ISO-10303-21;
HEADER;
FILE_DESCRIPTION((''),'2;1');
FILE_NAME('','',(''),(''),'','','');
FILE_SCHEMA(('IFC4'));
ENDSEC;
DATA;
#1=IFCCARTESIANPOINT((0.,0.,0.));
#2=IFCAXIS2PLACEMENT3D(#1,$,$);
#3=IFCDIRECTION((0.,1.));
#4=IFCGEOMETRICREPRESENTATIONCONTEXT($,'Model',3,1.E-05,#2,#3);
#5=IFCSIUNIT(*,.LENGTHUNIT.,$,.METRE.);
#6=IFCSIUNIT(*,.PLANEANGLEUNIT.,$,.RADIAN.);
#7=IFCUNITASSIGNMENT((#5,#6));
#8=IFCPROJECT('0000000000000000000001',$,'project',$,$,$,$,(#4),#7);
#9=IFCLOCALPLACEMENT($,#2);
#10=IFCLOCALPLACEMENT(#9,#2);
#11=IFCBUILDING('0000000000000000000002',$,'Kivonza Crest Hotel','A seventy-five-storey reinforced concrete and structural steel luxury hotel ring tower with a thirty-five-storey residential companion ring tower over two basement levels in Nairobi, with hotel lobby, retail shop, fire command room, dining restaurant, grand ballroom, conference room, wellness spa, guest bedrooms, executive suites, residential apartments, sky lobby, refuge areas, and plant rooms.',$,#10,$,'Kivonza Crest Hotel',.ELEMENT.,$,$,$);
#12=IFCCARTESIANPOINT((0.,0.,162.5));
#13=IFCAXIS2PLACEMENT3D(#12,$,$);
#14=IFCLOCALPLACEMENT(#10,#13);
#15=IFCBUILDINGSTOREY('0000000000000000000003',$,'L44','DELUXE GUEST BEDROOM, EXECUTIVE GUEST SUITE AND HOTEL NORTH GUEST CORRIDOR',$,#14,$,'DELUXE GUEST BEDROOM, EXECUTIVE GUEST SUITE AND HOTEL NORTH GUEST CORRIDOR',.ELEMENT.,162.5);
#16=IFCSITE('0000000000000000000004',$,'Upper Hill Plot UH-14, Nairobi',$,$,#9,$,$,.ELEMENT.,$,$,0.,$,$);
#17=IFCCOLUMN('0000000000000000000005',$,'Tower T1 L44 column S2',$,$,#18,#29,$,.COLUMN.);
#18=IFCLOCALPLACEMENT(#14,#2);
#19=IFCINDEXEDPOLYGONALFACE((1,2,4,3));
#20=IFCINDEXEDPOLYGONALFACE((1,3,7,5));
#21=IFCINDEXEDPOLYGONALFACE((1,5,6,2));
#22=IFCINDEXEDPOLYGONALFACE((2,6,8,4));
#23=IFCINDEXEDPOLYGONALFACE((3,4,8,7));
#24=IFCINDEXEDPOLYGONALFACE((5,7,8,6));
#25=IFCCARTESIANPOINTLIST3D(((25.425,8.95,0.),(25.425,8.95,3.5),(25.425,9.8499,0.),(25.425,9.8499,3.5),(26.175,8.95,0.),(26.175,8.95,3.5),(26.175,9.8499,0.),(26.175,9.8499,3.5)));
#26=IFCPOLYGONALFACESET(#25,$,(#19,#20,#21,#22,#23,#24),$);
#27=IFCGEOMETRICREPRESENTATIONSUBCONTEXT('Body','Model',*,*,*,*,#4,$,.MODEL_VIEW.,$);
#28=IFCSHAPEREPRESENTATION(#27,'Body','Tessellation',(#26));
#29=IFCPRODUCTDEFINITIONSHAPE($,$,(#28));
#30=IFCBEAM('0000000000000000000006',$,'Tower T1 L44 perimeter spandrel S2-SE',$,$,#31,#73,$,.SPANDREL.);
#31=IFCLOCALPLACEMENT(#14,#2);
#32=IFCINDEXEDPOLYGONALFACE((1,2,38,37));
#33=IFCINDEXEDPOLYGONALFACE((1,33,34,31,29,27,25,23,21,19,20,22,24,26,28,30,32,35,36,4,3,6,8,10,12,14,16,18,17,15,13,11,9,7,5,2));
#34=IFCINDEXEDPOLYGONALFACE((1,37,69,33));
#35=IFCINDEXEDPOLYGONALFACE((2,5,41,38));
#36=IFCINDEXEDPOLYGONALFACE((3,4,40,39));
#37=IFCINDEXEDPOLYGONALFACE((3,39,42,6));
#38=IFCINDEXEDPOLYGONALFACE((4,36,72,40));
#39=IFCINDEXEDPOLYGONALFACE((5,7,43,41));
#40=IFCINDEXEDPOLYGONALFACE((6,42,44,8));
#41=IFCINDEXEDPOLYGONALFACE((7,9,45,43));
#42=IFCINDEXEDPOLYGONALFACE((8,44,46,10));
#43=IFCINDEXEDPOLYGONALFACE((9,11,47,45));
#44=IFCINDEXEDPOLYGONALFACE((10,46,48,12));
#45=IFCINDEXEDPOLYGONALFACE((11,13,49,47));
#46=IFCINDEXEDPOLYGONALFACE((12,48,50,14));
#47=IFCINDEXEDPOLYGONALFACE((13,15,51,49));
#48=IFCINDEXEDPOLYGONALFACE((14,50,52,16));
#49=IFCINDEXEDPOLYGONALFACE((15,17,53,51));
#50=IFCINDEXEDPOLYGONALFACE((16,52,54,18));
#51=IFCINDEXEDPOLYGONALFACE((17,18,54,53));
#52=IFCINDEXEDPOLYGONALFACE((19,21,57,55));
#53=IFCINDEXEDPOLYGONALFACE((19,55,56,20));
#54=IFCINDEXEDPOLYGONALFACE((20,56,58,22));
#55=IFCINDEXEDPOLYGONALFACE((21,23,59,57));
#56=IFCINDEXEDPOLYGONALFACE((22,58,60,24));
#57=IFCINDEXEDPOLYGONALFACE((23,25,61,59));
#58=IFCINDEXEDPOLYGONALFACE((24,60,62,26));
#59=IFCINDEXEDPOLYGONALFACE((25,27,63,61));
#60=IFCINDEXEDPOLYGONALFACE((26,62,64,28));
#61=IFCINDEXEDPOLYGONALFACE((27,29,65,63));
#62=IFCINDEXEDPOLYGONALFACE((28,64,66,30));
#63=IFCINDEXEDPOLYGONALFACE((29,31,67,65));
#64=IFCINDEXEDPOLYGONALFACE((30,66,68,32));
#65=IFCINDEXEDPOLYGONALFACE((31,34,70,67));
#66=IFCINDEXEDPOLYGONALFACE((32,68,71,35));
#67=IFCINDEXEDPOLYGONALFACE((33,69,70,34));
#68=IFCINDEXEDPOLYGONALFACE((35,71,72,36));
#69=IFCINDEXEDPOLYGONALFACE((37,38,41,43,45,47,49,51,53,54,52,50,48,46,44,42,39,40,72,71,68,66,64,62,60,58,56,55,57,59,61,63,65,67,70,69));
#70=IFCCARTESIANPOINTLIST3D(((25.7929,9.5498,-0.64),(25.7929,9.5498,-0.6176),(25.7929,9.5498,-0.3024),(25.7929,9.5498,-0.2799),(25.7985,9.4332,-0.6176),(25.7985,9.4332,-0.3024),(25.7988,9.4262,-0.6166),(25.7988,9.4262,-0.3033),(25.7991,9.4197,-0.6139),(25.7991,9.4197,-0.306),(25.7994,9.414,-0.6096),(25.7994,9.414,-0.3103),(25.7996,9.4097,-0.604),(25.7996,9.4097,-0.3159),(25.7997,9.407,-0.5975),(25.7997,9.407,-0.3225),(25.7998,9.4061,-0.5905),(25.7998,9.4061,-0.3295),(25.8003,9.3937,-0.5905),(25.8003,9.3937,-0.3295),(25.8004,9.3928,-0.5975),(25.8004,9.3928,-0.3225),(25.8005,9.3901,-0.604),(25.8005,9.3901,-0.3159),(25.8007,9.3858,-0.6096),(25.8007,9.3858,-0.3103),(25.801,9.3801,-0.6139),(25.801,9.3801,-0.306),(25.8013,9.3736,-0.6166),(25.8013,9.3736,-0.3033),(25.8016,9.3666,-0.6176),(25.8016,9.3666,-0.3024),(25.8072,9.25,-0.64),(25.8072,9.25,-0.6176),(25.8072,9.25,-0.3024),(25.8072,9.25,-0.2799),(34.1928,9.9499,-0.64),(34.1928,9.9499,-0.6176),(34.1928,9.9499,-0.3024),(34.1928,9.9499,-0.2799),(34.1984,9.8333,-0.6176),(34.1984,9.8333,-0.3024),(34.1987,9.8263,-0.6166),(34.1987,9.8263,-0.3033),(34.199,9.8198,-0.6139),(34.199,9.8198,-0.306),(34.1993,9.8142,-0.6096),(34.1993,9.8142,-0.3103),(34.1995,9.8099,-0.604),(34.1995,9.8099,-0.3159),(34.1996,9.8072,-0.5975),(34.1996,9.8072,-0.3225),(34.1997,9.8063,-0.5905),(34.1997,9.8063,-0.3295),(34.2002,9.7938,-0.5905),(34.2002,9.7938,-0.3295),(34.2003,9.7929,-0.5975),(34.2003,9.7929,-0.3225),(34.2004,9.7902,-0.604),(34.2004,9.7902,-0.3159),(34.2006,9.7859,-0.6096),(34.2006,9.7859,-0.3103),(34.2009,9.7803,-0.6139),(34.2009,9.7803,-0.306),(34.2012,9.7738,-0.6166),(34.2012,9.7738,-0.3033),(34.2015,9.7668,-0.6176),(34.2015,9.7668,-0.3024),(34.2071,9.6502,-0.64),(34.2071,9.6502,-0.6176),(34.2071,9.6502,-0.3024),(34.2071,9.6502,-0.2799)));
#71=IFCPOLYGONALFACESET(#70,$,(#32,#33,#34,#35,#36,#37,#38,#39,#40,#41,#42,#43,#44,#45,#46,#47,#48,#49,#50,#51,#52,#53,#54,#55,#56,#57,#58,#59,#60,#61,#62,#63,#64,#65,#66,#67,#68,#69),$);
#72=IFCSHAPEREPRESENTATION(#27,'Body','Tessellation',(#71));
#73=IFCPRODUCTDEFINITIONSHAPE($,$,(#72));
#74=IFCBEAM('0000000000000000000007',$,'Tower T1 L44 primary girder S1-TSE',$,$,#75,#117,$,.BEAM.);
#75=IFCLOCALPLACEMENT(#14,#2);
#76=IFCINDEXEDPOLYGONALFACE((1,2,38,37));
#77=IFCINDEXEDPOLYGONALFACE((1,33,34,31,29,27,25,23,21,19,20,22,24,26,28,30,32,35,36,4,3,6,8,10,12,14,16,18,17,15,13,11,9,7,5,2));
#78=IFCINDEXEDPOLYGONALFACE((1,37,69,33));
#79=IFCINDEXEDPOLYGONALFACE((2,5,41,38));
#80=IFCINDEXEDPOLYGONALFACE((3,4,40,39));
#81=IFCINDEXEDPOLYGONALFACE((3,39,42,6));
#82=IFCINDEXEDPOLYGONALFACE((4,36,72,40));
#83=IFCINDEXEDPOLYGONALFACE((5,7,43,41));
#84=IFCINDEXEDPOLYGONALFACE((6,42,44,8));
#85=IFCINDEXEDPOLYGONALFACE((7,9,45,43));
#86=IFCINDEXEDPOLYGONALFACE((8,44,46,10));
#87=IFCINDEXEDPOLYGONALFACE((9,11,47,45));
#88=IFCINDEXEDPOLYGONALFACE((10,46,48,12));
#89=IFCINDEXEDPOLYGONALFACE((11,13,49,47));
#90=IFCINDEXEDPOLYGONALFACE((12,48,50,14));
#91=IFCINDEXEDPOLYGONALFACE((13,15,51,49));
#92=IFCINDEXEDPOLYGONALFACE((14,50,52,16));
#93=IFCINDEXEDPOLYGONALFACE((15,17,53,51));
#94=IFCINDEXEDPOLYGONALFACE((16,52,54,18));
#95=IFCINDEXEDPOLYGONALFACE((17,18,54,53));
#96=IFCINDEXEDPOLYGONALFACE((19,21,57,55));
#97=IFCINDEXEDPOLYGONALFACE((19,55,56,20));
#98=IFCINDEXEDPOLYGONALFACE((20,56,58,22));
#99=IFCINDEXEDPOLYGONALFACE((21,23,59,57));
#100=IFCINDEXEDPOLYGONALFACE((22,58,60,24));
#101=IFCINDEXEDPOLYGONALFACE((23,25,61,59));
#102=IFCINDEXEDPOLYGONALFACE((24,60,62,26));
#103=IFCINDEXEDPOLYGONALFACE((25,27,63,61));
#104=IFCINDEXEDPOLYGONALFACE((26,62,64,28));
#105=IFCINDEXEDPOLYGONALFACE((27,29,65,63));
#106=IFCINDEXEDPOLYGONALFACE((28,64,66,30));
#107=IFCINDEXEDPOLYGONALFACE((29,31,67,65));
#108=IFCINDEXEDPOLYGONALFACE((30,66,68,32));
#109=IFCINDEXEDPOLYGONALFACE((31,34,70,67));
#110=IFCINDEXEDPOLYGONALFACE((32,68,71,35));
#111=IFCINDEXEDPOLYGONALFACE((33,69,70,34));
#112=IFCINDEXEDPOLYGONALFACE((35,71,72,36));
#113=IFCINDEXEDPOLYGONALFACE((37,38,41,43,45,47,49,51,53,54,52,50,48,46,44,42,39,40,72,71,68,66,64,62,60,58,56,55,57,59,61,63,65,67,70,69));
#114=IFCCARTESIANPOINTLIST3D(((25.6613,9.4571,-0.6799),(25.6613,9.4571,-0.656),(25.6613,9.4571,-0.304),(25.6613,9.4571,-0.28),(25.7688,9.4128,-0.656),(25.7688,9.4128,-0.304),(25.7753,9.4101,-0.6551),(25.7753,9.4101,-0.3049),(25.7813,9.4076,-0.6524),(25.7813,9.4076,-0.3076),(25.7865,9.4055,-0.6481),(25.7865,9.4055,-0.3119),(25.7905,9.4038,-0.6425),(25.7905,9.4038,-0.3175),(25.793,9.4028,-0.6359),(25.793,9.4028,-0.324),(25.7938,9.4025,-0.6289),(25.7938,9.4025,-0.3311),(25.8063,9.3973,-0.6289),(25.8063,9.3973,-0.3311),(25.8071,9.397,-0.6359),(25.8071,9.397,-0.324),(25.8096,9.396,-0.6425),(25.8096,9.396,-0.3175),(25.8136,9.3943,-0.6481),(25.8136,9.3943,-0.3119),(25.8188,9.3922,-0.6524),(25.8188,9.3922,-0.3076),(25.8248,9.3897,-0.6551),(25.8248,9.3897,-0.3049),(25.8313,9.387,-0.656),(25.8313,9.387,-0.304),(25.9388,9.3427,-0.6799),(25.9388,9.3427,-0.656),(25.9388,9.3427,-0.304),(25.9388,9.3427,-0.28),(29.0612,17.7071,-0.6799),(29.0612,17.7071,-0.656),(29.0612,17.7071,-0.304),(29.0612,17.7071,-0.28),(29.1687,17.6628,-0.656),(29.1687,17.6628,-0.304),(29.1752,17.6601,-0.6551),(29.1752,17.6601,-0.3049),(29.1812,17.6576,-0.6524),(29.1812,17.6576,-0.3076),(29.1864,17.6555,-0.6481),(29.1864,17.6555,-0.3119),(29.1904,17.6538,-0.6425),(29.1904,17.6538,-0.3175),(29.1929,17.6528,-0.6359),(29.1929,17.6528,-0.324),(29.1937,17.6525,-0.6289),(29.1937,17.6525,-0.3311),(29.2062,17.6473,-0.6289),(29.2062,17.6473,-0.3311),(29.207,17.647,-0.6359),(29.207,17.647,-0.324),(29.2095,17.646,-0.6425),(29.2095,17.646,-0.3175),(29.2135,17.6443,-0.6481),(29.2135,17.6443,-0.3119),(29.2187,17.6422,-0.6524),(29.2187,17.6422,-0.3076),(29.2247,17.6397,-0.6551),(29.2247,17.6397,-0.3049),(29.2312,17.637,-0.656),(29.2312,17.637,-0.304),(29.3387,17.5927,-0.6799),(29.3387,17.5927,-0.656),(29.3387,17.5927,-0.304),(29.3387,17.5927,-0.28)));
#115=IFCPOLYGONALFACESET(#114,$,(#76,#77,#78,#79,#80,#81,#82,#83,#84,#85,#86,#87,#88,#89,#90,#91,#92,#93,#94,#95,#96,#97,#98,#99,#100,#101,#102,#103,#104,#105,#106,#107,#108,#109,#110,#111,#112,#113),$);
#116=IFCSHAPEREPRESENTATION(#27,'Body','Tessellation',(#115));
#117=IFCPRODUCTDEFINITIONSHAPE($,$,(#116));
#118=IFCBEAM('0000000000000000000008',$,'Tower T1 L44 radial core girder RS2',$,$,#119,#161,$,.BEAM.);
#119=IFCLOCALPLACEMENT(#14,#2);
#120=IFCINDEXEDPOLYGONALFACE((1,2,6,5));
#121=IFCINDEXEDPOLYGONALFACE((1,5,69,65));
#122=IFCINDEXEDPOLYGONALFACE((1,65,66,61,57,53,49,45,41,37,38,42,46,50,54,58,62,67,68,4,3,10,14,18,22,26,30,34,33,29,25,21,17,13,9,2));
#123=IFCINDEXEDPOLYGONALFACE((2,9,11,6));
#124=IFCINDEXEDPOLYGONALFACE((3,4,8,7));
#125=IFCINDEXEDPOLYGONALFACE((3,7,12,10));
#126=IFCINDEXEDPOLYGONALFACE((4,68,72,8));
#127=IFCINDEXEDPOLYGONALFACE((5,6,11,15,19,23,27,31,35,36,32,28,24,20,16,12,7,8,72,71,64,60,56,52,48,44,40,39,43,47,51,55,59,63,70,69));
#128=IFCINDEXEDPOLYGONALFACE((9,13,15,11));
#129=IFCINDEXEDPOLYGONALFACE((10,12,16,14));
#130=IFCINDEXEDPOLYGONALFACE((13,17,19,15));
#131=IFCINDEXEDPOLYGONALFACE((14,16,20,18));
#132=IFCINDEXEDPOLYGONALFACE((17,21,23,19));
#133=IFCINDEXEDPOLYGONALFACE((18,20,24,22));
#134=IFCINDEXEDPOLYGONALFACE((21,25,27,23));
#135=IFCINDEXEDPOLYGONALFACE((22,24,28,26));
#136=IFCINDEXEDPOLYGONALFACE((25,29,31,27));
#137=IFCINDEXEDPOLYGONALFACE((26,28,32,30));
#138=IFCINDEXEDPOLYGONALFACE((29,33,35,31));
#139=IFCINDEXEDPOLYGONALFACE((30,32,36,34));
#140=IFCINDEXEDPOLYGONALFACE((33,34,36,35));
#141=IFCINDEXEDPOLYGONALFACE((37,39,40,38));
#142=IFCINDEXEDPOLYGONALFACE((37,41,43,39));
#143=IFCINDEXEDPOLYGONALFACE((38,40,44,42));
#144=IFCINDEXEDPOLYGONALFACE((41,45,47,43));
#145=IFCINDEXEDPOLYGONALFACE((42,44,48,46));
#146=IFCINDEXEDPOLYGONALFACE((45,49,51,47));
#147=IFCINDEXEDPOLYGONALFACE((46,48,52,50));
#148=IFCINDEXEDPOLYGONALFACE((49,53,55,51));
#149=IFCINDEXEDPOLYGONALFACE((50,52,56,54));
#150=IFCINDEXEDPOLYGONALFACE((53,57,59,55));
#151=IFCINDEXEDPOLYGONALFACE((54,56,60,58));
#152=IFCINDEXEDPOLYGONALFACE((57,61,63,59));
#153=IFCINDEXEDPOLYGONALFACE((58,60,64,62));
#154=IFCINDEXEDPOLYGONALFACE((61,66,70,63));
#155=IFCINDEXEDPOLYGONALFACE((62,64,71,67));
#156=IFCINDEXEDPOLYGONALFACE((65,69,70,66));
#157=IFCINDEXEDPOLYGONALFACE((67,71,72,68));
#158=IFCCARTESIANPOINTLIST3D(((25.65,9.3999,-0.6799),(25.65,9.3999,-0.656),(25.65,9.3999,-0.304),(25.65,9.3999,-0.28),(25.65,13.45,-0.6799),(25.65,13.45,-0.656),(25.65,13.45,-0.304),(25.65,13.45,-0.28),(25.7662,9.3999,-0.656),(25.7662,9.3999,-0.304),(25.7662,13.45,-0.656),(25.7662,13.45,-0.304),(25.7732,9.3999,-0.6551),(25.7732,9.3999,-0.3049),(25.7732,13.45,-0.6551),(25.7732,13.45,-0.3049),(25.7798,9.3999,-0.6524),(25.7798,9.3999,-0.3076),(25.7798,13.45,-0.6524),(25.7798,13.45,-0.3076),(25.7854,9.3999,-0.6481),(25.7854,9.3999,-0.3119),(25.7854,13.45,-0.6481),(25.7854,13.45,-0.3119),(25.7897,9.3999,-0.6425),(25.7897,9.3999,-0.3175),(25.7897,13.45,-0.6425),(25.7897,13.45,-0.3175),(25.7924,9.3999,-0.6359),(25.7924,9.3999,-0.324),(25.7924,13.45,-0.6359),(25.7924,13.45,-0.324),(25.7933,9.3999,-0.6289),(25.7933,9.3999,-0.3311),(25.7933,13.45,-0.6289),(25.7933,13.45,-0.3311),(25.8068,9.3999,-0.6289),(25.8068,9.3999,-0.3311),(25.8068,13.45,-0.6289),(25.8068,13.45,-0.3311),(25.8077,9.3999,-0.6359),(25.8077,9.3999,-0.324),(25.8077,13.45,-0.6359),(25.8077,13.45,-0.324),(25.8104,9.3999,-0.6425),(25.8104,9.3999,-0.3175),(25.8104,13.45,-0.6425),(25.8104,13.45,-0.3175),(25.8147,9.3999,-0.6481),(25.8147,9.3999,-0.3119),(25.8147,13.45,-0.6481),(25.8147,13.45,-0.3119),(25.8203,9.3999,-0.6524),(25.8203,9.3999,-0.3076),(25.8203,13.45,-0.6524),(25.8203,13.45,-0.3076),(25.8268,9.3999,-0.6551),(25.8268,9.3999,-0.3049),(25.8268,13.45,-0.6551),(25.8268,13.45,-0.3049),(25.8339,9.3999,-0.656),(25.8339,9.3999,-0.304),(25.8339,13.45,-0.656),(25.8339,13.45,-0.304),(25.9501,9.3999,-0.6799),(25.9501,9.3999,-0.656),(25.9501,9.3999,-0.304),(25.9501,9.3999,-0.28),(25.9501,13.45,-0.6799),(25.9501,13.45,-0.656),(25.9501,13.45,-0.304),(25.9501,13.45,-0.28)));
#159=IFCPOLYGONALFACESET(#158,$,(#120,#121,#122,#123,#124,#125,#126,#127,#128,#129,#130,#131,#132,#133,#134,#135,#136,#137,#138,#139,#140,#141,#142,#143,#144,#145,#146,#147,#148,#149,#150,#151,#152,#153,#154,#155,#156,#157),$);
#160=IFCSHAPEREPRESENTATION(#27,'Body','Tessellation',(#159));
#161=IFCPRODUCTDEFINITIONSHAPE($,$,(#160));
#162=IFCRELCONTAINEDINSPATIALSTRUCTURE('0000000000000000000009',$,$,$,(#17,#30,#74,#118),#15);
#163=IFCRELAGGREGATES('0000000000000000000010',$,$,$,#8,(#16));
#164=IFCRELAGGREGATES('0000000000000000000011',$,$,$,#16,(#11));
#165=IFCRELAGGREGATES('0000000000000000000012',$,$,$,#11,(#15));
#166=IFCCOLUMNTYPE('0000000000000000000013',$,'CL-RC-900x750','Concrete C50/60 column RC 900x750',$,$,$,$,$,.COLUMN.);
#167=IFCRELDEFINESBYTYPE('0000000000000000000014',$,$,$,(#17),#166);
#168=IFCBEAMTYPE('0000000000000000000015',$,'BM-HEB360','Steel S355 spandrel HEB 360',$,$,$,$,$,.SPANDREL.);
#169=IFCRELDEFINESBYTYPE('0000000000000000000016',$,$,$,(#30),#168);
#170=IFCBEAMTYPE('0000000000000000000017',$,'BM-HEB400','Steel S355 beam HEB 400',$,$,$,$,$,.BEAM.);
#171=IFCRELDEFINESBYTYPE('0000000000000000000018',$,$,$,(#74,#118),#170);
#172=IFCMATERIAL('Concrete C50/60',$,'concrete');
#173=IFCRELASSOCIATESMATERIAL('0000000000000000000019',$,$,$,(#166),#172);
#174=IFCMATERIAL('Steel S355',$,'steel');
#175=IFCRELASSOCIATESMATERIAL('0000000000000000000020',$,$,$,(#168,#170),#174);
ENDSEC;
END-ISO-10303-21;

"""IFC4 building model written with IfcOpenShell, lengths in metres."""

from ifc_helpers import new_model, si_unit, direction, frame, origin, origin_2d, place, context, subcontext, project, spatial, rectangle, i_section, extrude, material, material_profile, profile_set, type_object, element, save


model = new_model("IFC4")

# Units and contexts
model_context = context("Model", 3, precision=1e-05, world=origin(), true_north=direction((0.0, 1.0)))
body_context = subcontext(model_context, "Body", "Model", "MODEL_VIEW")
ifc_project = project(units=[si_unit("LENGTHUNIT", "METRE"), si_unit("PLANEANGLEUNIT", "RADIAN")], contexts=[model_context])

# Site, building, storey
site_placement = place(None, origin())
site = spatial("IfcSite", under=ifc_project, at=site_placement, Name="Upper Hill Plot UH-14, Nairobi", CompositionType="ELEMENT", RefElevation=0.0)
building_placement = place(site_placement, origin())
building = spatial("IfcBuilding", under=site, at=building_placement, Name="Kivonza Crest Hotel", Description="A seventy-five-storey reinforced concrete and structural steel luxury hotel ring tower with a thirty-five-storey residential companion ring tower over two basement levels in Nairobi, with hotel lobby, retail shop, fire command room, dining restaurant, grand ballroom, conference room, wellness spa, guest bedrooms, executive suites, residential apartments, sky lobby, refuge areas, and plant rooms.", LongName="Kivonza Crest Hotel", CompositionType="ELEMENT")
storey_placement = place(building_placement, frame((0.0, 0.0, 162.5)))
storey = spatial("IfcBuildingStorey", under=building, at=storey_placement, Name="L44", Description="DELUXE GUEST BEDROOM, EXECUTIVE GUEST SUITE AND HOTEL NORTH GUEST CORRIDOR", LongName="DELUXE GUEST BEDROOM, EXECUTIVE GUEST SUITE AND HOTEL NORTH GUEST CORRIDOR", CompositionType="ELEMENT", Elevation=162.5)

# Column
ifc_material_1 = material(Name="Concrete C50/60", Category="concrete")
ifc_material_profile_1 = material_profile(ifc_material_1, rectangle(XDim=0.75, YDim=0.8999, at=origin_2d()), Name="RC 900x750")
ifc_profile_set_1 = profile_set([ifc_material_profile_1], Name="Concrete C50/60")
column_type = type_object("IfcColumnType", Name="CL-RC-900x750", Description="Concrete C50/60 column RC 900x750", PredefinedType="COLUMN", material=ifc_profile_set_1)
column_placement = place(storey_placement, frame((25.8, 9.3999, 0.0), z_axis=(0.0, 0.0, 1.0), x_axis=(1.0, 0.0, 0.0)))
element("IfcColumn", 1, at=column_placement, inside=storey, type_object=column_type, Name="Tower T1 L44 column S2", PredefinedType="COLUMN", context=body_context, shape_type="SweptSolid", body=[
    extrude(rectangle(XDim=0.75, YDim=0.8999, at=origin_2d()), origin(), (0.0, 0.0, 1.0), 3.5),
])

# Beams
ifc_material_2 = material(Name="Steel S355", Category="steel")
ifc_material_profile_2 = material_profile(ifc_material_2, i_section(OverallWidth=0.3, OverallDepth=0.3601, WebThickness=0.0125, FlangeThickness=0.0225, FilletRadius=0.0271, at=origin_2d()), Name="HEB 360")
ifc_profile_set_2 = profile_set([ifc_material_profile_2], Name="Steel S355")
beam_type_1 = type_object("IfcBeamType", Name="BM-HEB360", Description="Steel S355 spandrel HEB 360", PredefinedType="SPANDREL", material=ifc_profile_set_2)
beam_1_placement = place(storey_placement, frame((25.8, 9.3999, -0.46), z_axis=(0.998867, 0.047583, 0.0), x_axis=(-0.047583, 0.998867, 0.0)))
element("IfcBeam", 2, at=beam_1_placement, inside=storey, type_object=beam_type_1, Name="Tower T1 L44 perimeter spandrel S2-SE", PredefinedType="SPANDREL", context=body_context, shape_type="SweptSolid", body=[
    extrude(i_section(OverallWidth=0.3, OverallDepth=0.3601, WebThickness=0.0125, FlangeThickness=0.0225, FilletRadius=0.0271, at=origin_2d()), origin(), (0.0, 0.0, 1.0), 8.4094),
])
ifc_material_profile_3 = material_profile(ifc_material_2, i_section(OverallWidth=0.3, OverallDepth=0.3999, WebThickness=0.0134, FlangeThickness=0.0239, FilletRadius=0.0271, at=origin_2d()), Name="HEB 400")
ifc_profile_set_3 = profile_set([ifc_material_profile_3], Name="Steel S355")
beam_type_2 = type_object("IfcBeamType", Name="BM-HEB400", Description="Steel S355 beam HEB 400", PredefinedType="BEAM", material=ifc_profile_set_3)
beam_2_placement = place(storey_placement, frame((25.8, 9.3999, -0.48), z_axis=(0.381022, 0.924566, 0.0), x_axis=(-0.924566, 0.381022, 0.0)))
element("IfcBeam", 3, at=beam_2_placement, inside=storey, type_object=beam_type_2, Name="Tower T1 L44 primary girder S1-TSE", PredefinedType="BEAM", context=body_context, shape_type="SweptSolid", body=[
    extrude(i_section(OverallWidth=0.3, OverallDepth=0.3999, WebThickness=0.0134, FlangeThickness=0.0239, FilletRadius=0.0271, at=origin_2d()), origin(), (0.0, 0.0, 1.0), 8.9231),
])
beam_3_placement = place(storey_placement, frame((25.8, 9.3999, -0.48), z_axis=(0.0, 1.0, 0.0), x_axis=(-1.0, 0.0, 0.0)))
element("IfcBeam", 4, at=beam_3_placement, inside=storey, type_object=beam_type_2, Name="Tower T1 L44 radial core girder RS2", PredefinedType="BEAM", context=body_context, shape_type="SweptSolid", body=[
    extrude(i_section(OverallWidth=0.3, OverallDepth=0.3999, WebThickness=0.0134, FlangeThickness=0.0239, FilletRadius=0.0271, at=origin_2d()), origin(), (0.0, 0.0, 1.0), 4.05),
])

save(model, "model.ifc")
